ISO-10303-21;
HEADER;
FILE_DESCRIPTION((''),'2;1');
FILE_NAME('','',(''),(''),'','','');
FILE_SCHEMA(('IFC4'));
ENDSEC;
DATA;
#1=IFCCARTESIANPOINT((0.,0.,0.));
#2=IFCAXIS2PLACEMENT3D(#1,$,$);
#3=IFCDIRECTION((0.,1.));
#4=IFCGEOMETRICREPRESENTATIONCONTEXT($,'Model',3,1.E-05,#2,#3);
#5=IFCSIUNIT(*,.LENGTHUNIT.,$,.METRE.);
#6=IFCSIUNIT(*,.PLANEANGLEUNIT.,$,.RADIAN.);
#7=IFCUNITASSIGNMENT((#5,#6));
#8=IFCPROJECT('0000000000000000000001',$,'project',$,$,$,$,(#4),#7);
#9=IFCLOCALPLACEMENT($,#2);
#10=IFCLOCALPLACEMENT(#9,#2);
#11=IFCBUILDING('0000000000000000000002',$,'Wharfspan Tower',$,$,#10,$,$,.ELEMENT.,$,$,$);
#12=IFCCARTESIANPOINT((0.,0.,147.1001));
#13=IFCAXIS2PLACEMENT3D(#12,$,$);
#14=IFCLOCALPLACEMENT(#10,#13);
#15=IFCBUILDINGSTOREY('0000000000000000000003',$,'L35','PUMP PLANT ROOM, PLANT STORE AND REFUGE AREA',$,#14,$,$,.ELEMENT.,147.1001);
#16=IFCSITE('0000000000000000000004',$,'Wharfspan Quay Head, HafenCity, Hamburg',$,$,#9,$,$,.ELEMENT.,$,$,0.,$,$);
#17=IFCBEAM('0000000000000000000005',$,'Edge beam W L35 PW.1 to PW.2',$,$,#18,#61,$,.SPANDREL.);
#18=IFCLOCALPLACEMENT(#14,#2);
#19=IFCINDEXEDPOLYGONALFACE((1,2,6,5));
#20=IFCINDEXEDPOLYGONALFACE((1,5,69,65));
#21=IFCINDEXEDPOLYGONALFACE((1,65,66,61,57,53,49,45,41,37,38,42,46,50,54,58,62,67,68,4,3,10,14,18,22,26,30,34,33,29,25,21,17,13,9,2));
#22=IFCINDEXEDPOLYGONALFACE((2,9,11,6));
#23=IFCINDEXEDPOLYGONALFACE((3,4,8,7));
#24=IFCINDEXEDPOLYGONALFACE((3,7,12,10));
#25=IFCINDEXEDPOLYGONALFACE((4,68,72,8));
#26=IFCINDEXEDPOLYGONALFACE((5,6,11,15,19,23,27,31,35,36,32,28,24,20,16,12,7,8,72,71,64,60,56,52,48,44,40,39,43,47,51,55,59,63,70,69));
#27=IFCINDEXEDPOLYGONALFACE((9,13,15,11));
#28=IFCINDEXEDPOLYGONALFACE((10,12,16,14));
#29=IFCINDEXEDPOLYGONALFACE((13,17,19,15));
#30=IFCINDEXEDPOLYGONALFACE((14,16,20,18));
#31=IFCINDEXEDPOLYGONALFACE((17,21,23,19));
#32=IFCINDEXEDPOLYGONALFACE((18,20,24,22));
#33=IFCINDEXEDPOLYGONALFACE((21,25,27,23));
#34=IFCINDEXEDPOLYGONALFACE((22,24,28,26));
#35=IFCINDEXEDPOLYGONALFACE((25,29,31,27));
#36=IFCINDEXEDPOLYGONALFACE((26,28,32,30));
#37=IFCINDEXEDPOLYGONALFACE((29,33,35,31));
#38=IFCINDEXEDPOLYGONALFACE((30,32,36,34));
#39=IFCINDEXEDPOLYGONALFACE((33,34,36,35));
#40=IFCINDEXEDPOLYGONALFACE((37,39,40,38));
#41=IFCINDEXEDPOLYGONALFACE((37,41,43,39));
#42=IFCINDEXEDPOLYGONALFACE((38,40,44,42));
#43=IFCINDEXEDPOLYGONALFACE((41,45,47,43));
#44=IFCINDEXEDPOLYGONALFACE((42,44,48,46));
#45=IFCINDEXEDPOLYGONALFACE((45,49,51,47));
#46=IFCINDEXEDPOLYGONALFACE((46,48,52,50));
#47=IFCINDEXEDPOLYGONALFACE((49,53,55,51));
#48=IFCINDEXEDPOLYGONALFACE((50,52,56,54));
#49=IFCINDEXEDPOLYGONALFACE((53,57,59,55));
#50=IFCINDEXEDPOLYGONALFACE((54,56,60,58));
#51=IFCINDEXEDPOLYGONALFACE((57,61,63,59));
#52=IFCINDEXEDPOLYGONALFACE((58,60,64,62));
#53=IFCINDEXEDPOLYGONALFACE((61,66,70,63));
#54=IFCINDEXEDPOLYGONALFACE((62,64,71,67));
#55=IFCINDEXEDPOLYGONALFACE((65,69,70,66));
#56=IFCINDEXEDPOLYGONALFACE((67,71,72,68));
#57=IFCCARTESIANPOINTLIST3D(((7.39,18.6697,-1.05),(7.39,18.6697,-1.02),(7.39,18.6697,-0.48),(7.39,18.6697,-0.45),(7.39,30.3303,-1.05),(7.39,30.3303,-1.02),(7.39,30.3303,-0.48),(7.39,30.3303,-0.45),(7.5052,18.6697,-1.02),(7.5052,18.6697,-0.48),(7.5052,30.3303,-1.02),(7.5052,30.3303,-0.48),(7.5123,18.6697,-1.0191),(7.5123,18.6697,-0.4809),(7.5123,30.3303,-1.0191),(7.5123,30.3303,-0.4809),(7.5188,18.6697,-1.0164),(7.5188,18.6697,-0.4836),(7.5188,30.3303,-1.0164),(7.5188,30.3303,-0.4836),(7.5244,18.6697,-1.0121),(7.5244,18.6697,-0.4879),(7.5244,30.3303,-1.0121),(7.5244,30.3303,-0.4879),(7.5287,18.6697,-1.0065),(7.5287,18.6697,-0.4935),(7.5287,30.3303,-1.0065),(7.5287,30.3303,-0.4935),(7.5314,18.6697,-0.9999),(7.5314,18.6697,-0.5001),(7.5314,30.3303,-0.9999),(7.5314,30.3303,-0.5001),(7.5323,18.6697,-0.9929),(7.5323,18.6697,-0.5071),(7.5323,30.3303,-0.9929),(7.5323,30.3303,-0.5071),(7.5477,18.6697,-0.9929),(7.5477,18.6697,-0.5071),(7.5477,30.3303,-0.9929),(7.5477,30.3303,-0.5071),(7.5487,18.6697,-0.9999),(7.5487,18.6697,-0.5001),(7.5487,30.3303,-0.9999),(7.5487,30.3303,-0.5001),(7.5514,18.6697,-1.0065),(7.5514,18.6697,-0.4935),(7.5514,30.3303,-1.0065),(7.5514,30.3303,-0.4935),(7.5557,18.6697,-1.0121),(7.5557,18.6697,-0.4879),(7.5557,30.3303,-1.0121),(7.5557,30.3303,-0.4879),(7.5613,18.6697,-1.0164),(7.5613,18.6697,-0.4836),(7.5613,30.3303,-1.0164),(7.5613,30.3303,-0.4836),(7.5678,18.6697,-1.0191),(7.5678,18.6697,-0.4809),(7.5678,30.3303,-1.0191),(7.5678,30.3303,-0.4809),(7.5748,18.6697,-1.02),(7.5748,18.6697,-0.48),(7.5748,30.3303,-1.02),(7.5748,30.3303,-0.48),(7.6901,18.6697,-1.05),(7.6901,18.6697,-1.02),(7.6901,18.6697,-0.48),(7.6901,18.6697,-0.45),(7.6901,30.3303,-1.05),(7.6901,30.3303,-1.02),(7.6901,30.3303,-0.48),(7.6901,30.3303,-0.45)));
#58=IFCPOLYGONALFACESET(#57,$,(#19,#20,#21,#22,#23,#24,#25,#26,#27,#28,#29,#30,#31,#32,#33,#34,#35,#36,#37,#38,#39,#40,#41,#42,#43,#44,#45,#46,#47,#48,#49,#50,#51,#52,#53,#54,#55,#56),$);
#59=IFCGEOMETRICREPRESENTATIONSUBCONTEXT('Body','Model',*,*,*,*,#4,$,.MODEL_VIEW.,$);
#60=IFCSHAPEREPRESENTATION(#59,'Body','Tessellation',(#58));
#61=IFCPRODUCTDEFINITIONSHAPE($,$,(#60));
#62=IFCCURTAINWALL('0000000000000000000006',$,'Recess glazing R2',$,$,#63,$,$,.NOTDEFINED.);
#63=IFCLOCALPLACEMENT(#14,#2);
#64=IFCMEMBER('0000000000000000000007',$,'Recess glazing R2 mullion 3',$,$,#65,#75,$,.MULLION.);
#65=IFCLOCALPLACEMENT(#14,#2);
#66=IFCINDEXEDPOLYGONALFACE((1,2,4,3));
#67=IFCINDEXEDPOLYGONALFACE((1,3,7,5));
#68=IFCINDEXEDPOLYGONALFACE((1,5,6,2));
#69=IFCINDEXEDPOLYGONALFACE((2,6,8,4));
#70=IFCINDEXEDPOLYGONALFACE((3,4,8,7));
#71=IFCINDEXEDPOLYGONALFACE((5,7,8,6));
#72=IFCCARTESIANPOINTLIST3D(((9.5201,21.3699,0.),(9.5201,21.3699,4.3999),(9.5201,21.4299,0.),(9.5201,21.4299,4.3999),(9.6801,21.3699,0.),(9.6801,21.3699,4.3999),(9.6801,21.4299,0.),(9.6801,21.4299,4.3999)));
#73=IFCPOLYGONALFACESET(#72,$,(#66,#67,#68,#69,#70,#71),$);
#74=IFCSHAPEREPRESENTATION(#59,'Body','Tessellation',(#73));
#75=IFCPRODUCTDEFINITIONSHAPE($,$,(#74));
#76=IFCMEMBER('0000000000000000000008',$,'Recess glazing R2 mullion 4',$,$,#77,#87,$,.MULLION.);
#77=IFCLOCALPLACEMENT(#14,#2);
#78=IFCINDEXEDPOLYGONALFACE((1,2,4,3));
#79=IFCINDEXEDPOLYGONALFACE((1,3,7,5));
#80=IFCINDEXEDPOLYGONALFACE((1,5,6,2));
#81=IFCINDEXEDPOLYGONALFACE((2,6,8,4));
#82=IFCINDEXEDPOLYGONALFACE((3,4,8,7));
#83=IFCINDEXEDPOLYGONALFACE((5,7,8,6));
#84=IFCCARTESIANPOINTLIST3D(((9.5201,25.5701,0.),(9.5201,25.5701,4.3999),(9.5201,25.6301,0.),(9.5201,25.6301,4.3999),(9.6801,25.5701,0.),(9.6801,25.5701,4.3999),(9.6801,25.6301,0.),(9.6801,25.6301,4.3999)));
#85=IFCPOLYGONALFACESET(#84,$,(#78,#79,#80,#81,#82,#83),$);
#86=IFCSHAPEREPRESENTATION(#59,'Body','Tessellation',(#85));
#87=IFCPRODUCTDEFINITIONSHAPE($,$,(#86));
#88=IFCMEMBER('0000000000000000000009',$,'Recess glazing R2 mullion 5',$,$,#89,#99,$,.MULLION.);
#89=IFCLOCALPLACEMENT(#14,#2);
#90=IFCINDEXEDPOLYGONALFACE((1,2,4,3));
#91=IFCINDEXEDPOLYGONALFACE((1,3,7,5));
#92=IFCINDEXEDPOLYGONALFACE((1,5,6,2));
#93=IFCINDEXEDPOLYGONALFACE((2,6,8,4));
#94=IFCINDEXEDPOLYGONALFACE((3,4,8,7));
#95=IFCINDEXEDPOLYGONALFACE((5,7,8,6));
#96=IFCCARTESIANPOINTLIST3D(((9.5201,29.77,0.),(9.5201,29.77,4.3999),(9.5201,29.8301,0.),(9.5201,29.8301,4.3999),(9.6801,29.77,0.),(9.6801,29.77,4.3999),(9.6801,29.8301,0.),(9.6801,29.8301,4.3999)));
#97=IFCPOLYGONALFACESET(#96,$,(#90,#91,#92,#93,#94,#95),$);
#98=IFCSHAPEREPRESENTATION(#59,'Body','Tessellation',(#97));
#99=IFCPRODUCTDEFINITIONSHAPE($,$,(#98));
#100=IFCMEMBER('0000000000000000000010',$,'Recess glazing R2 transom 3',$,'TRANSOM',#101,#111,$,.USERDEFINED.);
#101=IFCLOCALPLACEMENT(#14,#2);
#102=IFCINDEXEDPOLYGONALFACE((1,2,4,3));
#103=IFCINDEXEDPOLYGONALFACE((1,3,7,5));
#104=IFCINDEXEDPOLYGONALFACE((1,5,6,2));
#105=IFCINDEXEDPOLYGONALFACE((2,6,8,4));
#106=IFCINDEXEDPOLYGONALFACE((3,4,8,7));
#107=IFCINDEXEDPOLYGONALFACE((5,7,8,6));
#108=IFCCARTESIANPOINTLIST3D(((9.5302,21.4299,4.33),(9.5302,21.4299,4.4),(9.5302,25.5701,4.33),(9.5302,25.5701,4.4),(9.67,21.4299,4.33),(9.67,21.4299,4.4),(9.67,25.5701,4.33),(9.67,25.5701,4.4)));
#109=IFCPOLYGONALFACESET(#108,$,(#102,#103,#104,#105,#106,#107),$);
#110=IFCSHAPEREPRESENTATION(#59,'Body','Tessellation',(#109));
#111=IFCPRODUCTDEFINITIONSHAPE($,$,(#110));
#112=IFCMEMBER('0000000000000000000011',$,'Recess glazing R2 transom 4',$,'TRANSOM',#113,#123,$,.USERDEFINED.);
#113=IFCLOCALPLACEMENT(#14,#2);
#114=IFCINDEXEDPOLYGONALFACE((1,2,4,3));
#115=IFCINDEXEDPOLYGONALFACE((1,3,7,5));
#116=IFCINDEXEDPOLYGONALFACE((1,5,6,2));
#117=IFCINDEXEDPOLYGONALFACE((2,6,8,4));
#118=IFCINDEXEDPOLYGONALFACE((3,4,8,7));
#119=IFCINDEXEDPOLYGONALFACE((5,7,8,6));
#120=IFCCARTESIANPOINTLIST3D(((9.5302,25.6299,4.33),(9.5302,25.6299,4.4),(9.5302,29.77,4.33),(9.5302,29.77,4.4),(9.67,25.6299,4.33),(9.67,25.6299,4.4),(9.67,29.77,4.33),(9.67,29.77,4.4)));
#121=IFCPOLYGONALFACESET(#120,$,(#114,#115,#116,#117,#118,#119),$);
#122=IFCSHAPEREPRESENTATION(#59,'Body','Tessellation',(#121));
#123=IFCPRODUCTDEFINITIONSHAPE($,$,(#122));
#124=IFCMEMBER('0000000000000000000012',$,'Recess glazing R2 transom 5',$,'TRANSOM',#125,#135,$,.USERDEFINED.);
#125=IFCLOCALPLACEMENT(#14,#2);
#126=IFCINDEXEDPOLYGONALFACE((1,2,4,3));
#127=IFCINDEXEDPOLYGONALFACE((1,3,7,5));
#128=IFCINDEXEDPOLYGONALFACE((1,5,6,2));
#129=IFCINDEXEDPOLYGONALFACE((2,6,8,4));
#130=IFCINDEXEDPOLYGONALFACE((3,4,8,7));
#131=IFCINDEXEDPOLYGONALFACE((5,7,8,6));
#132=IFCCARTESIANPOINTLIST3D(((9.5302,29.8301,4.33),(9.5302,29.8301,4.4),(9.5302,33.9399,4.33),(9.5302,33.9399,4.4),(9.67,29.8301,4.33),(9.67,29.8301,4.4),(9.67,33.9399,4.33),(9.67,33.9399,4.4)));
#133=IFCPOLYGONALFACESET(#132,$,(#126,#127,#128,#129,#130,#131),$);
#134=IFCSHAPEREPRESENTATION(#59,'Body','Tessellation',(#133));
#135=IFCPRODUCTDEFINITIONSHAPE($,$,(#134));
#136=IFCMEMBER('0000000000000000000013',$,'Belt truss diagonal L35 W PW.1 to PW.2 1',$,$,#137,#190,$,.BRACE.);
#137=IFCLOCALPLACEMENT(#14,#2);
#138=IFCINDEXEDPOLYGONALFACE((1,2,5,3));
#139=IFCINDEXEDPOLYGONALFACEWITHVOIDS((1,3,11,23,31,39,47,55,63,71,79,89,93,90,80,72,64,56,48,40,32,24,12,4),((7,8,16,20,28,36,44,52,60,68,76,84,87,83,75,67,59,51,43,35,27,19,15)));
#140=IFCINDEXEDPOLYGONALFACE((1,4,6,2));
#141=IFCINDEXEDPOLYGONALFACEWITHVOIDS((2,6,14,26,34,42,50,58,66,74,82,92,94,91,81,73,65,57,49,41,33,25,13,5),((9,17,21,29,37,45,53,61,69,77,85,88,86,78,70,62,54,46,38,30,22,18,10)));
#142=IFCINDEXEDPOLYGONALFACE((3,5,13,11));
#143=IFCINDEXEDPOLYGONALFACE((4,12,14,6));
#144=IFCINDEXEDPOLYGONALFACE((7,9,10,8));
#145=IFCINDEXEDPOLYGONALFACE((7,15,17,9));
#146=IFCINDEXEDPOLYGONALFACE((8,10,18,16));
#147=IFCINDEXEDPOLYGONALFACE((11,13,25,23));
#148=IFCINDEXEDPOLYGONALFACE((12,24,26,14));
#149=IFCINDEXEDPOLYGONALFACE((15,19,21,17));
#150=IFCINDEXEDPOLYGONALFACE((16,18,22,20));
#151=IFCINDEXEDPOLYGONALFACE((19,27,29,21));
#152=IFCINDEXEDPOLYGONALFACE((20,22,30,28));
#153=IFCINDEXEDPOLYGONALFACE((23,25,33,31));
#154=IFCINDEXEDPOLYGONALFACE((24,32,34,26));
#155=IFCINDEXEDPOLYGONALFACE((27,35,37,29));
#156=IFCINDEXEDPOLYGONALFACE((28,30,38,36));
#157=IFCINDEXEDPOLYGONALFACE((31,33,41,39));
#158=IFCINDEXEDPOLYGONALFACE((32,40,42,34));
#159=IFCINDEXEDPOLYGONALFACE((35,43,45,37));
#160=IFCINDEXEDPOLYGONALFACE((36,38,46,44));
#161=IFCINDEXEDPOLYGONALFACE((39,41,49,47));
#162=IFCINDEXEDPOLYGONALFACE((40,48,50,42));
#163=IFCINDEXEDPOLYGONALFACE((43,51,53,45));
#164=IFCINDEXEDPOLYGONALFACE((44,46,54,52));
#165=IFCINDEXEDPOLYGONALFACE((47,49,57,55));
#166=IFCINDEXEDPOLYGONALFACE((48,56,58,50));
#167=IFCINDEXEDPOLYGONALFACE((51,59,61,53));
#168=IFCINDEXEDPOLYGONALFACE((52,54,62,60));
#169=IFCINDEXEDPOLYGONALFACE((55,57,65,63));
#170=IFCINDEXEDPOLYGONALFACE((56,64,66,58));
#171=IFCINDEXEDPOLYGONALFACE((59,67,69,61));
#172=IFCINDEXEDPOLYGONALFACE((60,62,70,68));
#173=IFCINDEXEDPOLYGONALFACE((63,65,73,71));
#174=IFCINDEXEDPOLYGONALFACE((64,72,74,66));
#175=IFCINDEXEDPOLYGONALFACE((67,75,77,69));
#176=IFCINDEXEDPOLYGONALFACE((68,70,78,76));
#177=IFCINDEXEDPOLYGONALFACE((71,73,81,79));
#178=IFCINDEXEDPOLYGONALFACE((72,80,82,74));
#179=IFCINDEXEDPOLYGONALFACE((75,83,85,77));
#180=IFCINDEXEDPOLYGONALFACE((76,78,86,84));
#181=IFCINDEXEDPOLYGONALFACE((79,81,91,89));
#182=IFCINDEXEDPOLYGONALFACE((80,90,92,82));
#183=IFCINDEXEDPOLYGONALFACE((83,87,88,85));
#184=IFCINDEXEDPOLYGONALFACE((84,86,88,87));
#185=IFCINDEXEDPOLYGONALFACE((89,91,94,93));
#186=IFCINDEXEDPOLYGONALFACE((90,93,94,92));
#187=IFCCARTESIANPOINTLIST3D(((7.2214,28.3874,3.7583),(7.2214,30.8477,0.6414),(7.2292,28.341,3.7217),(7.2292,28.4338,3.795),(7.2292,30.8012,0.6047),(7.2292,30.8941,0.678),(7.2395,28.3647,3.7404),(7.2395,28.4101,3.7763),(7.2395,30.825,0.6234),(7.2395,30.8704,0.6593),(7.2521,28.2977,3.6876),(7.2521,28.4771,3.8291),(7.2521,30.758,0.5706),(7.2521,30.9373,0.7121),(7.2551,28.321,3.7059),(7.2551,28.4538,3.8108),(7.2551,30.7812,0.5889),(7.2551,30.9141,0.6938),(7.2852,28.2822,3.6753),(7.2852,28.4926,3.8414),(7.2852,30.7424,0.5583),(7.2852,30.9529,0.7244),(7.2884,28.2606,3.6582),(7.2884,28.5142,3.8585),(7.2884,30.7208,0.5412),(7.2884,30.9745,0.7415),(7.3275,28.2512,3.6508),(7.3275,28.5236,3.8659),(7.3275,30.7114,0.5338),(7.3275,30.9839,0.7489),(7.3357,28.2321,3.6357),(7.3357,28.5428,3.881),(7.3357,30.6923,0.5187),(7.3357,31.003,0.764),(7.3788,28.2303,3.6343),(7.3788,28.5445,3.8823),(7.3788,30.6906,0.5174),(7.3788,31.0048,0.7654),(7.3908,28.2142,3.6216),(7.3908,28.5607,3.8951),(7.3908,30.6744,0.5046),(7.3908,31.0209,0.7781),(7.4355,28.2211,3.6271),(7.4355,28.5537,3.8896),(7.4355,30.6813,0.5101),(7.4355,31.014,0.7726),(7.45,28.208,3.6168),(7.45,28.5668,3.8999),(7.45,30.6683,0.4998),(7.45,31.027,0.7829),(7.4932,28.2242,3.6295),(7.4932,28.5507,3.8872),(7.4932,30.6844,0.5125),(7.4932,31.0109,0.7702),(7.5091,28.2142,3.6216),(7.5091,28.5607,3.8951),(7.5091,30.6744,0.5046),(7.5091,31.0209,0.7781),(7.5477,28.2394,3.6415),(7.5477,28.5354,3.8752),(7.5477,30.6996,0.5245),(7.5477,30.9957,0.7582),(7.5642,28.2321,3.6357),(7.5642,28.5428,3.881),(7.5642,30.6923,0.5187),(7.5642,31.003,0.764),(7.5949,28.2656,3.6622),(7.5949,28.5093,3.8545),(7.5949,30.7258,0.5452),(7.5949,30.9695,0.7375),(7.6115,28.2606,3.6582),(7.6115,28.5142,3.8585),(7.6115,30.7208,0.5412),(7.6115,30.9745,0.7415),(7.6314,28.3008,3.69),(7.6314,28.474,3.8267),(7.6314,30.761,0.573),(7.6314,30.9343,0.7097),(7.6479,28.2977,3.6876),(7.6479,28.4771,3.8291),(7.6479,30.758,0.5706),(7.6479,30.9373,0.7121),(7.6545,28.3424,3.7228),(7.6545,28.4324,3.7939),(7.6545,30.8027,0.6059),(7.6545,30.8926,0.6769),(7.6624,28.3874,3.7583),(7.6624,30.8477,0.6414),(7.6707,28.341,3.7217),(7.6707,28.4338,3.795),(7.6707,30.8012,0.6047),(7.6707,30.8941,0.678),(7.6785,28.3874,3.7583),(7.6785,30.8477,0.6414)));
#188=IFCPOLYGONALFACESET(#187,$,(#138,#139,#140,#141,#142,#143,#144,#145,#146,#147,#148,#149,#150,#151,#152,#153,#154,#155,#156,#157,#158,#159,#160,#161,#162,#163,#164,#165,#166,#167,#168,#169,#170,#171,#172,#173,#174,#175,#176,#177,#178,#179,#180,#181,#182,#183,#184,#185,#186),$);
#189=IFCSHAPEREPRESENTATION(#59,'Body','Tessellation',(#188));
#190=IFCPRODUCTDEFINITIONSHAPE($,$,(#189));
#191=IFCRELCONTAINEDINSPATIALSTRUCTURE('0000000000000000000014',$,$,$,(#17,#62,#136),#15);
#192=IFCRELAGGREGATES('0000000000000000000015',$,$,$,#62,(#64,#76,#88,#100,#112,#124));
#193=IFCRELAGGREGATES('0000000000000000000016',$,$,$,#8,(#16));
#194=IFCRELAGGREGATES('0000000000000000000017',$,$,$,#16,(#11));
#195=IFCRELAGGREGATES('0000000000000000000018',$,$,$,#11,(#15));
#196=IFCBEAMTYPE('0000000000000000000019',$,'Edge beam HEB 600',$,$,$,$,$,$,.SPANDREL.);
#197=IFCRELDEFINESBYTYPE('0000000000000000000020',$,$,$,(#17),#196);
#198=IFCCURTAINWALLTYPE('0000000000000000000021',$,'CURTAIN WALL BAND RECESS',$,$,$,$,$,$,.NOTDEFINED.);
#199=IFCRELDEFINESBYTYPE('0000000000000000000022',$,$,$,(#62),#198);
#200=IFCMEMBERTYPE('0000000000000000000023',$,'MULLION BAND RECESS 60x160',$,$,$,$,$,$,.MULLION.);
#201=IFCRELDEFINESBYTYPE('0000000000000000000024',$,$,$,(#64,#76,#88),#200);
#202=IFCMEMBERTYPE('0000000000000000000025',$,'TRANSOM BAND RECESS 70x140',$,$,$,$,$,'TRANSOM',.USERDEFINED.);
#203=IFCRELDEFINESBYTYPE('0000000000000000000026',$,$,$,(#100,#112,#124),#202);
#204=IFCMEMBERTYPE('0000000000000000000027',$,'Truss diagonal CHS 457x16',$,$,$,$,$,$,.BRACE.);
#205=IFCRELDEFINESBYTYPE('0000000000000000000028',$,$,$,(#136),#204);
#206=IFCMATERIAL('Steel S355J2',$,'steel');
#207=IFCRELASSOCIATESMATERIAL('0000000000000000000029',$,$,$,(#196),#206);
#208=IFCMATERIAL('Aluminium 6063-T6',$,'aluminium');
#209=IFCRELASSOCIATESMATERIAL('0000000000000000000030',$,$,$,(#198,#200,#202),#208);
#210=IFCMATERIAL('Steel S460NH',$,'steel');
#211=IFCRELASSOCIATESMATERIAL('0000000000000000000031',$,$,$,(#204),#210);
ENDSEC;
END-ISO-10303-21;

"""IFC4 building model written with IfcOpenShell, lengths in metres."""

from ifc_helpers import new_model, si_unit, direction, frame, origin, origin_2d, place, context, subcontext, project, spatial, rectangle, hollow_circle, i_section, extrude, material, material_profile, profile_set, type_object, element, aggregate, save


model = new_model("IFC4")

# Units and contexts
model_context = context("Model", 3, precision=1e-05, world=origin(), true_north=direction((0.0, 1.0)))
body_context = subcontext(model_context, "Body", "Model", "MODEL_VIEW")
ifc_project = project(units=[si_unit("LENGTHUNIT", "METRE"), si_unit("PLANEANGLEUNIT", "RADIAN")], contexts=[model_context])

# Site, building, storey
site_placement = place(None, origin())
site = spatial("IfcSite", under=ifc_project, at=site_placement, Name="Wharfspan Quay Head, HafenCity, Hamburg", CompositionType="ELEMENT", RefElevation=0.0)
building_placement = place(site_placement, origin())
building = spatial("IfcBuilding", under=site, at=building_placement, Name="Wharfspan Tower", CompositionType="ELEMENT")
storey_placement = place(building_placement, frame((0.0, 0.0, 147.1001)))
storey = spatial("IfcBuildingStorey", under=building, at=storey_placement, Name="L35", Description="PUMP PLANT ROOM, PLANT STORE AND REFUGE AREA", CompositionType="ELEMENT", Elevation=147.1001)

# Beam
ifc_material_1 = material(Name="Steel S355J2", Category="steel")
ifc_material_profile_1 = material_profile(ifc_material_1, i_section(OverallWidth=0.3, OverallDepth=0.6001, WebThickness=0.0154, FlangeThickness=0.03, FilletRadius=0.0271, at=origin_2d()))
ifc_profile_set_1 = profile_set([ifc_material_profile_1], Name="Steel S355J2")
beam_type = type_object("IfcBeamType", Name="Edge beam HEB 600", PredefinedType="SPANDREL", material=ifc_profile_set_1)
beam_placement = place(storey_placement, frame((7.54, 30.3303, -0.75), z_axis=(0.0, -1.0, 0.0), x_axis=(1.0, 0.0, 0.0)))
element("IfcBeam", 1, at=beam_placement, inside=storey, type_object=beam_type, Name="Edge beam W L35 PW.1 to PW.2", PredefinedType="SPANDREL", context=body_context, shape_type="SweptSolid", body=[
    extrude(i_section(OverallWidth=0.3, OverallDepth=0.6001, WebThickness=0.0154, FlangeThickness=0.03, FilletRadius=0.0271, at=origin_2d()), origin(), (0.0, 0.0, 1.0), 11.6606),
])

# Curtain wall, members
ifc_material_2 = material(Name="Aluminium 6063-T6", Category="aluminium")
curtain_wall_type = type_object("IfcCurtainWallType", Name="CURTAIN WALL BAND RECESS", PredefinedType="NOTDEFINED", material=ifc_material_2)
curtain_wall_placement = place(storey_placement, origin())
curtain_wall = element("IfcCurtainWall", 2, at=curtain_wall_placement, inside=storey, type_object=curtain_wall_type, Name="Recess glazing R2", PredefinedType="NOTDEFINED")
ifc_material_profile_2 = material_profile(ifc_material_2, rectangle(XDim=0.1599, YDim=0.0601, at=origin_2d()))
ifc_profile_set_2 = profile_set([ifc_material_profile_2], Name="Aluminium 6063-T6")
member_type_1 = type_object("IfcMemberType", Name="MULLION BAND RECESS 60x160", PredefinedType="MULLION", material=ifc_profile_set_2)
member_1_placement = place(storey_placement, frame((9.6001, 21.3999, 0.0), z_axis=(0.0, 0.0, 1.0), x_axis=(-1.0, 0.0, 0.0)))
member_1 = element("IfcMember", 3, at=member_1_placement, type_object=member_type_1, Name="Recess glazing R2 mullion 3", PredefinedType="MULLION", context=body_context, shape_type="SweptSolid", body=[
    extrude(rectangle(XDim=0.1599, YDim=0.0601, at=origin_2d()), origin(), (0.0, 0.0, 1.0), 4.3999),
])
member_2_placement = place(storey_placement, frame((9.6001, 25.6001, 0.0), z_axis=(0.0, 0.0, 1.0), x_axis=(-1.0, 0.0, 0.0)))
member_2 = element("IfcMember", 4, at=member_2_placement, type_object=member_type_1, Name="Recess glazing R2 mullion 4", PredefinedType="MULLION", context=body_context, shape_type="SweptSolid", body=[
    extrude(rectangle(XDim=0.1599, YDim=0.0601, at=origin_2d()), origin(), (0.0, 0.0, 1.0), 4.3999),
])
member_3_placement = place(storey_placement, frame((9.6001, 29.8, 0.0), z_axis=(0.0, 0.0, 1.0), x_axis=(-1.0, 0.0, 0.0)))
member_3 = element("IfcMember", 5, at=member_3_placement, type_object=member_type_1, Name="Recess glazing R2 mullion 5", PredefinedType="MULLION", context=body_context, shape_type="SweptSolid", body=[
    extrude(rectangle(XDim=0.1599, YDim=0.0601, at=origin_2d()), origin(), (0.0, 0.0, 1.0), 4.3999),
])
ifc_material_profile_3 = material_profile(ifc_material_2, rectangle(XDim=0.1399, YDim=0.0701, at=origin_2d()))
ifc_profile_set_3 = profile_set([ifc_material_profile_3], Name="Aluminium 6063-T6")
member_type_2 = type_object("IfcMemberType", Name="TRANSOM BAND RECESS 70x140", ElementType="TRANSOM", PredefinedType="USERDEFINED", material=ifc_profile_set_3)
member_4_placement = place(storey_placement, frame((9.6001, 21.4299, 4.365), z_axis=(0.0, 1.0, 0.0), x_axis=(-1.0, 0.0, 0.0)))
member_4 = element("IfcMember", 6, at=member_4_placement, type_object=member_type_2, Name="Recess glazing R2 transom 3", ObjectType="TRANSOM", PredefinedType="USERDEFINED", context=body_context, shape_type="SweptSolid", body=[
    extrude(rectangle(XDim=0.1399, YDim=0.0701, at=origin_2d()), origin(), (0.0, 0.0, 1.0), 4.1401),
])
member_5_placement = place(storey_placement, frame((9.6001, 25.6299, 4.365), z_axis=(0.0, 1.0, 0.0), x_axis=(-1.0, 0.0, 0.0)))
member_5 = element("IfcMember", 7, at=member_5_placement, type_object=member_type_2, Name="Recess glazing R2 transom 4", ObjectType="TRANSOM", PredefinedType="USERDEFINED", context=body_context, shape_type="SweptSolid", body=[
    extrude(rectangle(XDim=0.1399, YDim=0.0701, at=origin_2d()), origin(), (0.0, 0.0, 1.0), 4.1401),
])
member_6_placement = place(storey_placement, frame((9.6001, 29.8301, 4.365), z_axis=(0.0, 1.0, 0.0), x_axis=(-1.0, 0.0, 0.0)))
member_6 = element("IfcMember", 8, at=member_6_placement, type_object=member_type_2, Name="Recess glazing R2 transom 5", ObjectType="TRANSOM", PredefinedType="USERDEFINED", context=body_context, shape_type="SweptSolid", body=[
    extrude(rectangle(XDim=0.1399, YDim=0.0701, at=origin_2d()), origin(), (0.0, 0.0, 1.0), 4.1099),
])

# Member
ifc_material_3 = material(Name="Steel S460NH", Category="steel")
ifc_material_profile_4 = material_profile(ifc_material_3, hollow_circle(Radius=0.2285, WallThickness=0.0161, at=origin_2d()))
ifc_profile_set_4 = profile_set([ifc_material_profile_4], Name="Steel S460NH")
member_type_3 = type_object("IfcMemberType", Name="Truss diagonal CHS 457x16", PredefinedType="BRACE", material=ifc_profile_set_4)
for number, where, z_axis, x_axis, name in (
    (9, (7.45, 30.8477, 0.6414), (0.0, -0.619561, 0.784949), (1.0, 0.0, 0.0), "Belt truss diagonal L35 W PW.1 to PW.2 1"),
):
    element("IfcMember", number, at=place(storey_placement, frame(where, z_axis=z_axis, x_axis=x_axis)), inside=storey, type_object=member_type_3, Name=name, PredefinedType="BRACE", context=body_context, shape_type="SweptSolid", body=[
        extrude(hollow_circle(Radius=0.2285, WallThickness=0.0161, at=origin_2d()), origin(), (0.0, 0.0, 1.0), 3.9709),
    ])

aggregate(curtain_wall, [member_1, member_2, member_3, member_4, member_5, member_6])

save(model, "model.ifc")
